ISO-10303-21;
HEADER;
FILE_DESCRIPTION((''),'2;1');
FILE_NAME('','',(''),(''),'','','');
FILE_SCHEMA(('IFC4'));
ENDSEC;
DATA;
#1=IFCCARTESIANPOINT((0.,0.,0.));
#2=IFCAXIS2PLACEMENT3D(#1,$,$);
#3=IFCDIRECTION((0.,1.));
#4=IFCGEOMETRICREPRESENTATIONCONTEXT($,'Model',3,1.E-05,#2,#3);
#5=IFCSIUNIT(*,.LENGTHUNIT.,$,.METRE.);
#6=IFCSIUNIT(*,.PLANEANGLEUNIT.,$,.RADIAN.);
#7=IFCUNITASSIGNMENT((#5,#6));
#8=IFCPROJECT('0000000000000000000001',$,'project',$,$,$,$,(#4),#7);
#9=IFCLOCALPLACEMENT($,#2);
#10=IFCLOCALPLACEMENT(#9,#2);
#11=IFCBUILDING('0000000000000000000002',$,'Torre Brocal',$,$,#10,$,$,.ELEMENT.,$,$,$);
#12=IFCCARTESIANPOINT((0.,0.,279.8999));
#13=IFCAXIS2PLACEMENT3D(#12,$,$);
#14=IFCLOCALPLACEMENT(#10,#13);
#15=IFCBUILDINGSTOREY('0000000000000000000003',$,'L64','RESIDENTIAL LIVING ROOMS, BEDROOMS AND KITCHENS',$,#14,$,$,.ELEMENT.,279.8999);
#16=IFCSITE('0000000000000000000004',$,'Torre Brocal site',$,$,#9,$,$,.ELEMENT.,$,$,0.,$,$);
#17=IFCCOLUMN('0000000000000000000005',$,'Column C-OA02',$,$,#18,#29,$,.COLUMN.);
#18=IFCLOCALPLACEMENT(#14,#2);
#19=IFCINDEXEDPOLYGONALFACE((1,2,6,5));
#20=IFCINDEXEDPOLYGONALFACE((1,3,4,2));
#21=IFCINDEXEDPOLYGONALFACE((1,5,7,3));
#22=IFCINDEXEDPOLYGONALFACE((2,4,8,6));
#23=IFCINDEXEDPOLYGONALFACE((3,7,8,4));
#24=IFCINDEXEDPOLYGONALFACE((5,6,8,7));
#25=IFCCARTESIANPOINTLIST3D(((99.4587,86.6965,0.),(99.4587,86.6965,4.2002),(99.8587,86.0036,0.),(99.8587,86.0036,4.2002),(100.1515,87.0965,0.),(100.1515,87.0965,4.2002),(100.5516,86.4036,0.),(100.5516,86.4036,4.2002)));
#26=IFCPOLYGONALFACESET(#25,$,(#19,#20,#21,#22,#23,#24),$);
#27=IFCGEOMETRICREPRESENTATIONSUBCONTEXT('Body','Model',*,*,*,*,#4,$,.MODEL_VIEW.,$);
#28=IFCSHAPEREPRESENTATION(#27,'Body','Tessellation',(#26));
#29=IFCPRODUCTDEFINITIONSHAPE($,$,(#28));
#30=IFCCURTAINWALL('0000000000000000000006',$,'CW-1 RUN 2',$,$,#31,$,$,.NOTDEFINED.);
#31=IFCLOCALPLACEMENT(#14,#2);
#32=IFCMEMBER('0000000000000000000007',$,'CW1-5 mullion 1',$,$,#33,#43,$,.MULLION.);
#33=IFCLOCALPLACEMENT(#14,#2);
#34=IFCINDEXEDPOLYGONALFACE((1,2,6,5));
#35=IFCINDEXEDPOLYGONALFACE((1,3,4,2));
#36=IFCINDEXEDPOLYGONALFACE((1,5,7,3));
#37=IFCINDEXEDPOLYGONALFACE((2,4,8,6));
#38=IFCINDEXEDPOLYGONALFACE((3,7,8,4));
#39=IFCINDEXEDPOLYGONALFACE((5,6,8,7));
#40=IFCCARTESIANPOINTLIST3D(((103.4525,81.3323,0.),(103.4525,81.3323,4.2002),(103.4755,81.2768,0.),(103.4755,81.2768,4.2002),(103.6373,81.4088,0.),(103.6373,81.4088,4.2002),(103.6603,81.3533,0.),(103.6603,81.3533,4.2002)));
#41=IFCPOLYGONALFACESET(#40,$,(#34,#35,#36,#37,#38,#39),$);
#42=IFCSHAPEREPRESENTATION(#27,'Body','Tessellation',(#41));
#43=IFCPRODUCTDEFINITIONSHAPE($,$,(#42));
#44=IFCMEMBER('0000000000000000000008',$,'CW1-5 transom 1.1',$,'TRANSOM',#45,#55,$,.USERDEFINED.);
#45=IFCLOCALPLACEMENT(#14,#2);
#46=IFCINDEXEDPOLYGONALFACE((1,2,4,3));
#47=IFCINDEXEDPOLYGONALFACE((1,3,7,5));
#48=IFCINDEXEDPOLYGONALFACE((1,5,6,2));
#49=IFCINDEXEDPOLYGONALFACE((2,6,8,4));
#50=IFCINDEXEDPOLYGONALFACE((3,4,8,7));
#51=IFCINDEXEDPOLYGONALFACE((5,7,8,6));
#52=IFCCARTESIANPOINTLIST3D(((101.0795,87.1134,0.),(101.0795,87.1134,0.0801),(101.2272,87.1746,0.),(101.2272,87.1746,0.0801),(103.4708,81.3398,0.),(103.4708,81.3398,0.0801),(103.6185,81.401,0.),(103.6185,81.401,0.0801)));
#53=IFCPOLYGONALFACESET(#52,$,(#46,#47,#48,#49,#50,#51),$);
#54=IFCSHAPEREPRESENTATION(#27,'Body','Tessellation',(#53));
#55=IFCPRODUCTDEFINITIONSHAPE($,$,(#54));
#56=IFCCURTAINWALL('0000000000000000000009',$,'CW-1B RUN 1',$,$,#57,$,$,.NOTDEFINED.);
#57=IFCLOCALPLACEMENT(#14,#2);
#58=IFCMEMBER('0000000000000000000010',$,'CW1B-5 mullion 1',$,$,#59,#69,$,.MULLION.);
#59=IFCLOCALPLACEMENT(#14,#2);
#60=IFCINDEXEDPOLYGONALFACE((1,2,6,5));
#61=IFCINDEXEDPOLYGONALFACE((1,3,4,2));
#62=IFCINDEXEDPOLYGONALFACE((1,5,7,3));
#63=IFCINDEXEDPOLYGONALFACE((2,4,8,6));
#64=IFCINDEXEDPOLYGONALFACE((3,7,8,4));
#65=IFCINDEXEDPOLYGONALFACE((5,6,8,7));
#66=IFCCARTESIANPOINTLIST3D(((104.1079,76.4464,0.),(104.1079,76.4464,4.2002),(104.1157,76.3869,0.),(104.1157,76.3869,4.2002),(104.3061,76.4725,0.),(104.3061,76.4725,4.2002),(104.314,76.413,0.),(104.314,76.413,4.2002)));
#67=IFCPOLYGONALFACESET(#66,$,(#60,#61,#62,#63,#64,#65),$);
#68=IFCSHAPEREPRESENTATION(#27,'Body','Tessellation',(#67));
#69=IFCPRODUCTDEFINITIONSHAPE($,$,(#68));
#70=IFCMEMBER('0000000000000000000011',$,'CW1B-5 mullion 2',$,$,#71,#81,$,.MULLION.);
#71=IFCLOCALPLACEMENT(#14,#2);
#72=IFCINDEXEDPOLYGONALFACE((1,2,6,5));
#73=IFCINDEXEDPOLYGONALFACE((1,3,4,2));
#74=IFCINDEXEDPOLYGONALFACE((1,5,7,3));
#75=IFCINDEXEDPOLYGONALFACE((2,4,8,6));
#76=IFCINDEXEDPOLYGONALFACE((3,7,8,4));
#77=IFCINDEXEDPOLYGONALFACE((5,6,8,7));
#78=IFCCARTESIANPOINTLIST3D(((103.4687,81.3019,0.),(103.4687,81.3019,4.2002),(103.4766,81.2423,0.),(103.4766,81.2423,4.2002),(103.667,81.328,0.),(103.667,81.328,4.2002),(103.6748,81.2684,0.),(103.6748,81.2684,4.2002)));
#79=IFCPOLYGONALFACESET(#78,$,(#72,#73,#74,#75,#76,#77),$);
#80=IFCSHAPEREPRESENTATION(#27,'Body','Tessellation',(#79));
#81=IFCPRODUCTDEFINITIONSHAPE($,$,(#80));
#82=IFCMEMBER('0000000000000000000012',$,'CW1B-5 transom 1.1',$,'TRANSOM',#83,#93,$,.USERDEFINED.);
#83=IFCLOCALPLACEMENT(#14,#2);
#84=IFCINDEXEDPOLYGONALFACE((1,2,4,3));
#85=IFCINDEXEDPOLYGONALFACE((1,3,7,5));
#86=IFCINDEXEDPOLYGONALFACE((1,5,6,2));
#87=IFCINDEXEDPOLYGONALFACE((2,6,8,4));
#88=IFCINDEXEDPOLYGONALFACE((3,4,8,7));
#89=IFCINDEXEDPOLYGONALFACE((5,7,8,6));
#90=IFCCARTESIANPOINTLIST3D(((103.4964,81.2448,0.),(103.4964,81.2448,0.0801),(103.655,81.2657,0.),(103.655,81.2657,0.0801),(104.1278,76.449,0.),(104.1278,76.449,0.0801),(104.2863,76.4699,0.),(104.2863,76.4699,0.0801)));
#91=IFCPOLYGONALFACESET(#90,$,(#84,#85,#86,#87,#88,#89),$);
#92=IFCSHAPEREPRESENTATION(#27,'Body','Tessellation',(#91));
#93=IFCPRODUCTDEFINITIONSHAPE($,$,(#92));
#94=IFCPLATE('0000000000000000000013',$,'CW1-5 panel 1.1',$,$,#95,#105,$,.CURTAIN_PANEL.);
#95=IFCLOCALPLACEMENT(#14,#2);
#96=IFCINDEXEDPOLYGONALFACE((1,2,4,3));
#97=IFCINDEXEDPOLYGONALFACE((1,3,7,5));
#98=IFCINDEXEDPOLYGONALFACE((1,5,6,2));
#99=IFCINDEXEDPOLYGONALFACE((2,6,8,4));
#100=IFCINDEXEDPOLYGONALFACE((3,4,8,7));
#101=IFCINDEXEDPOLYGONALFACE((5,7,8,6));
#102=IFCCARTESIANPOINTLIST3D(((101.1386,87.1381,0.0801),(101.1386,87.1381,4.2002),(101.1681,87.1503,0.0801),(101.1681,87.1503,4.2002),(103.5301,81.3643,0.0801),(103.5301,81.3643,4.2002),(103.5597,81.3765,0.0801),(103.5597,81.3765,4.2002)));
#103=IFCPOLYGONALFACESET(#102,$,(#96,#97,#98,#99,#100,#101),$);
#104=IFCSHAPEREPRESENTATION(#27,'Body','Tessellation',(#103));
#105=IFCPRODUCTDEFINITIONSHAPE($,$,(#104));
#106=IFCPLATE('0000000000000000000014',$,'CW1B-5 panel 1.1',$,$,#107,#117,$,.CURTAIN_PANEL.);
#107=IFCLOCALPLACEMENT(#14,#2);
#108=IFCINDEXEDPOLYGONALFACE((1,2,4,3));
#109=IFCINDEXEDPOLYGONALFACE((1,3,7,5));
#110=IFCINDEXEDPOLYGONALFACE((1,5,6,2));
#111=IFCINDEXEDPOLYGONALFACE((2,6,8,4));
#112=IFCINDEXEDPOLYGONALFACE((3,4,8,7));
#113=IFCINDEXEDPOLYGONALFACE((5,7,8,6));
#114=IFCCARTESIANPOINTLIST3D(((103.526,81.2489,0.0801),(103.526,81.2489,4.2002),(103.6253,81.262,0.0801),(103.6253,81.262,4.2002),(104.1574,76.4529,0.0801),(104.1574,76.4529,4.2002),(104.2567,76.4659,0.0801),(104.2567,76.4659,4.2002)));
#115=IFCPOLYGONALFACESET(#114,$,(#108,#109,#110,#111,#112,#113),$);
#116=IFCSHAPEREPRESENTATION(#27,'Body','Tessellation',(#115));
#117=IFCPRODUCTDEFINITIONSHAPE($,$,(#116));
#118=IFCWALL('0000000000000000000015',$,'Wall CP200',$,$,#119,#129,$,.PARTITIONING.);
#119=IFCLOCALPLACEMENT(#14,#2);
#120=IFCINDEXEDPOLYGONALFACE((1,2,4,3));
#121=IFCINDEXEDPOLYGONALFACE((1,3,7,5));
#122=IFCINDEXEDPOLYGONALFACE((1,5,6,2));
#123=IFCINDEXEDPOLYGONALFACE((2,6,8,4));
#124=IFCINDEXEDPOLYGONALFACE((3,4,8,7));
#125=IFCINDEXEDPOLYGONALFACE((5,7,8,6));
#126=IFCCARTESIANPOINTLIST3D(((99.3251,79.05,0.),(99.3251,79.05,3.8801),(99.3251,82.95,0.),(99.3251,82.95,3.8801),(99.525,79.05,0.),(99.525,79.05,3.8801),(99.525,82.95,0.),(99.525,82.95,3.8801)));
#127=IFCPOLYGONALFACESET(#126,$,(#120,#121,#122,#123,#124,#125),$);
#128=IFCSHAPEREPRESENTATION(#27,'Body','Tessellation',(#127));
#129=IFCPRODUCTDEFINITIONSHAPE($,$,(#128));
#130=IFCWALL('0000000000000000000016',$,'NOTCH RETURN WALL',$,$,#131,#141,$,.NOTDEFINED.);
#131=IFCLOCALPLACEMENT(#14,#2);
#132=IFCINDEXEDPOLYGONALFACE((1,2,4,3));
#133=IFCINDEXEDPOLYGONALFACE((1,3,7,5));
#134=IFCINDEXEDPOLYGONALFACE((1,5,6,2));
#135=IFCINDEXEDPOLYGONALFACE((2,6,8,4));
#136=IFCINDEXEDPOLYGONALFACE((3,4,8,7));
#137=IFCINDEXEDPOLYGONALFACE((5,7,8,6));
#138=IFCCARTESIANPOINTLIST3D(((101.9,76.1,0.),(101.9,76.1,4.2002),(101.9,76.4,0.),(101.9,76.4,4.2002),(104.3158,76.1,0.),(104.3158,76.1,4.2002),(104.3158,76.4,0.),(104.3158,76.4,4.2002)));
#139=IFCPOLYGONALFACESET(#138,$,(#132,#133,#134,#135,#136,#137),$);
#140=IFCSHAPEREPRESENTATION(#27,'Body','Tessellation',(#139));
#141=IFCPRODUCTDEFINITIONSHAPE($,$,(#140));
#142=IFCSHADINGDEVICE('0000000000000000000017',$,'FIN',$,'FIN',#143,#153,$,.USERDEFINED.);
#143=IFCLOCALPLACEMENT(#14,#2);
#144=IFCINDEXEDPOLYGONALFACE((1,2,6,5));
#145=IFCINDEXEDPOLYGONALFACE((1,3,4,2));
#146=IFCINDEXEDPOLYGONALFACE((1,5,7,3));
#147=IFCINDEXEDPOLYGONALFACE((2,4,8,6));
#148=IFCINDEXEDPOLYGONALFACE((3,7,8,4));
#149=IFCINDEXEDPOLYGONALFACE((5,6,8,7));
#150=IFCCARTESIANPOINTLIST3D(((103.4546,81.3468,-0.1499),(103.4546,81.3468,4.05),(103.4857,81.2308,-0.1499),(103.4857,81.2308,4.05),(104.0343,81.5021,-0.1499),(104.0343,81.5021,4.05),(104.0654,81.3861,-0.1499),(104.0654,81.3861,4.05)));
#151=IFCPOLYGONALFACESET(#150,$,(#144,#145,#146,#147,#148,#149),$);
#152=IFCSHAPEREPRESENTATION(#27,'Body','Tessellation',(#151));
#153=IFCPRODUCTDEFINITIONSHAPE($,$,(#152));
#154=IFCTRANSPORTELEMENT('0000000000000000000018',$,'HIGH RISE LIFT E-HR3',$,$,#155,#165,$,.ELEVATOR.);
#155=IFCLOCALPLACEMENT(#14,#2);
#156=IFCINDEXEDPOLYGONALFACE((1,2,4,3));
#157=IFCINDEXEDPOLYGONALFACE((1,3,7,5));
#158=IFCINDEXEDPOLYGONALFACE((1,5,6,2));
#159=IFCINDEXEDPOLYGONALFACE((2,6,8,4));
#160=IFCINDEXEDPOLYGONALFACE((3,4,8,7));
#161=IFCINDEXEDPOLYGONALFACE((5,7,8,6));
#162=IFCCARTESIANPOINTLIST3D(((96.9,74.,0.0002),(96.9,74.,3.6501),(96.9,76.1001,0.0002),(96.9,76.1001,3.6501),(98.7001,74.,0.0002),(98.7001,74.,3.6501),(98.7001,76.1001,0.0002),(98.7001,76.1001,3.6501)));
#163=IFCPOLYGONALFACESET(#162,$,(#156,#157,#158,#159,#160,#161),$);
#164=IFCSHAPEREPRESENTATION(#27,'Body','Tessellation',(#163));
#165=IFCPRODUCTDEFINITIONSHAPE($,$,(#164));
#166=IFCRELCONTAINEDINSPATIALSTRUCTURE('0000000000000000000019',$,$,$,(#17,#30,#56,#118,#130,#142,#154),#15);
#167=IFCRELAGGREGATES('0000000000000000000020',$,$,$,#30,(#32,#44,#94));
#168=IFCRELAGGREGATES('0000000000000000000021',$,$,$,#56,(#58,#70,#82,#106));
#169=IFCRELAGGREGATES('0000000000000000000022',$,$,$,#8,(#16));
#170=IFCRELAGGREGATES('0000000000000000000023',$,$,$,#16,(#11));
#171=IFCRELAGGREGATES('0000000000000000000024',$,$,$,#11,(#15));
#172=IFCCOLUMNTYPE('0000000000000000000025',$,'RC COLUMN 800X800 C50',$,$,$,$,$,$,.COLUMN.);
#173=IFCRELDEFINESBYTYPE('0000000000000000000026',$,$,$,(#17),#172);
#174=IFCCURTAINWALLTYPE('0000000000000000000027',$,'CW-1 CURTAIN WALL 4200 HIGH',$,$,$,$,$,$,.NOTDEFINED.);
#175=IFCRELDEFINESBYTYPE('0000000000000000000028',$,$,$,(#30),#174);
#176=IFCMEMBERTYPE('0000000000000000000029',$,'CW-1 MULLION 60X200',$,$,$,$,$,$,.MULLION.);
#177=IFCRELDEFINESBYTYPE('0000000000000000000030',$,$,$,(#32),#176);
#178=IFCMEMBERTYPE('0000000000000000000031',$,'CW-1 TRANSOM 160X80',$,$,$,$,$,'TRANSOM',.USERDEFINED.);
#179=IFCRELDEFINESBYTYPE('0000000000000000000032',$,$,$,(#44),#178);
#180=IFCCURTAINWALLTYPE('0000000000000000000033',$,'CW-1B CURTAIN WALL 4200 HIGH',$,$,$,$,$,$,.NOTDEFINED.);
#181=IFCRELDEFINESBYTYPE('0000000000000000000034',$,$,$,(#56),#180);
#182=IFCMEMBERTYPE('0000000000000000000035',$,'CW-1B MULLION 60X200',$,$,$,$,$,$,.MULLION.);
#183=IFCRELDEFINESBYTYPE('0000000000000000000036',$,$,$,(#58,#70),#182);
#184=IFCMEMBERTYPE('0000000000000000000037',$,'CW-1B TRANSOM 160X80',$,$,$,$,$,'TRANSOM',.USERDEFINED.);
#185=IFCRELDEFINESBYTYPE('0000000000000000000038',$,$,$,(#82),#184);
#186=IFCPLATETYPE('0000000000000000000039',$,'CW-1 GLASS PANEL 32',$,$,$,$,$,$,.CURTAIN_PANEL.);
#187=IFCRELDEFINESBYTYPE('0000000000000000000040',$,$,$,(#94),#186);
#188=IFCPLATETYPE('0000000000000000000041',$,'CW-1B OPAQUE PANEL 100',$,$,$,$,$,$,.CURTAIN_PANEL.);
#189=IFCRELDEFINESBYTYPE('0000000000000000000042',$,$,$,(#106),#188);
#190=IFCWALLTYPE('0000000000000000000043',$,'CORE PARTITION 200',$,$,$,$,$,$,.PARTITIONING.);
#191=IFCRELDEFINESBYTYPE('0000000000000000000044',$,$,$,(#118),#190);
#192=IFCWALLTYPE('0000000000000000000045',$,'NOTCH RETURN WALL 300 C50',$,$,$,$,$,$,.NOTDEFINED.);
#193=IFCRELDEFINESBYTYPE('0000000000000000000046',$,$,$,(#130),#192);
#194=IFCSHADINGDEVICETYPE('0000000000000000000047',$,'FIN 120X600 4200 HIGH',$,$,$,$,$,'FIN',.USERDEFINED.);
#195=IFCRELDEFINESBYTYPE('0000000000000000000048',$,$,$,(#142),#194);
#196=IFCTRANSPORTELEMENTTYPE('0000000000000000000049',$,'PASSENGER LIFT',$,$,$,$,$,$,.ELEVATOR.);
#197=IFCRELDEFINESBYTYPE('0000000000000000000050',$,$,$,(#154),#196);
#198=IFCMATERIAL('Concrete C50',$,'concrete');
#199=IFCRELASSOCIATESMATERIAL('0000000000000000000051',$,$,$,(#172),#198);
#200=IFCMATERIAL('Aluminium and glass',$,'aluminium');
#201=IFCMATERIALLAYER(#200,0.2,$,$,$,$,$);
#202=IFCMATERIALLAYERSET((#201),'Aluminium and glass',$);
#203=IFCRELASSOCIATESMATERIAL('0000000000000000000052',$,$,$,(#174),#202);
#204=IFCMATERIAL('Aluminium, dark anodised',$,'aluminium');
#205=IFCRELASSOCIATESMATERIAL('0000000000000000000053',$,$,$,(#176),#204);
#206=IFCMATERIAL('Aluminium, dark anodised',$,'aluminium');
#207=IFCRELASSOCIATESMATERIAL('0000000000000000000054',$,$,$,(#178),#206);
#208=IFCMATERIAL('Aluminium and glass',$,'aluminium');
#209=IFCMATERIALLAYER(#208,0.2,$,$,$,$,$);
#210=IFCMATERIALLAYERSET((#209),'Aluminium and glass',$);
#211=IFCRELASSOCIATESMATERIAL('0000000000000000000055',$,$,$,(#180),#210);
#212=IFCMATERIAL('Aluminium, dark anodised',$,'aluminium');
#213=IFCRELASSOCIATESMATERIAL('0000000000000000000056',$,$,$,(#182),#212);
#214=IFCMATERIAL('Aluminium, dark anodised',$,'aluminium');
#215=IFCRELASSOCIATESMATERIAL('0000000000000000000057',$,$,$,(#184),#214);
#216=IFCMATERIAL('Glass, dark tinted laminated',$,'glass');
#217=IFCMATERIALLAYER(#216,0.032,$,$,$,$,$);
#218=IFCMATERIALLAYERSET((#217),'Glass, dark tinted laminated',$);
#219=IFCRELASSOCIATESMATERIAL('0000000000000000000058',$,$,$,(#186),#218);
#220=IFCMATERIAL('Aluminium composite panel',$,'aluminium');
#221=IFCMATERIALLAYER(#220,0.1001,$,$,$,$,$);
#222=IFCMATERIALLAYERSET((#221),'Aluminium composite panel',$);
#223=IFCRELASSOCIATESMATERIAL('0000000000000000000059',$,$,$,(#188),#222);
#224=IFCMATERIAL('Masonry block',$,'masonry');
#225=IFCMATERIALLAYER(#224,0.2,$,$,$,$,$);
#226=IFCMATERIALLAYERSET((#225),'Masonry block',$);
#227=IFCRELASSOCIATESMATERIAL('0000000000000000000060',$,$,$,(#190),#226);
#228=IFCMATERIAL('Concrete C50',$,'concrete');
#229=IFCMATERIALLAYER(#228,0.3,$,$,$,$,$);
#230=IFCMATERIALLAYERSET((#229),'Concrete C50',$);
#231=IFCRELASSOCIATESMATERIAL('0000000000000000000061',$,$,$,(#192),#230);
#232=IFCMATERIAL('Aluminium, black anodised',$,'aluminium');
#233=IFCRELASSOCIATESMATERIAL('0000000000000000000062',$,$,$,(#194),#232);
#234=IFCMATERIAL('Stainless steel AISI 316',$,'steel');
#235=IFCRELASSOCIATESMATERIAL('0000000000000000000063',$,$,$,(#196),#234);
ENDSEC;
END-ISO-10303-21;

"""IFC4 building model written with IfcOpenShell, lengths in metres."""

from ifc_helpers import new_model, si_unit, direction, frame, frame_2d, origin, origin_2d, place, context, subcontext, project, spatial, rectangle, extrude, material, layer, layer_set, material_profile, profile_set, type_object, element, aggregate, save


model = new_model("IFC4")

# Units and contexts
model_context = context("Model", 3, precision=1e-05, world=origin(), true_north=direction((0.0, 1.0)))
body_context = subcontext(model_context, "Body", "Model", "MODEL_VIEW")
ifc_project = project(units=[si_unit("LENGTHUNIT", "METRE"), si_unit("PLANEANGLEUNIT", "RADIAN")], contexts=[model_context])

# Site, building, storey
site_placement = place(None, origin())
site = spatial("IfcSite", under=ifc_project, at=site_placement, Name="Torre Brocal site", CompositionType="ELEMENT", RefElevation=0.0)
building_placement = place(site_placement, origin())
building = spatial("IfcBuilding", under=site, at=building_placement, Name="Torre Brocal", CompositionType="ELEMENT")
storey_placement = place(building_placement, frame((0.0, 0.0, 279.8999)))
storey = spatial("IfcBuildingStorey", under=building, at=storey_placement, Name="L64", Description="RESIDENTIAL LIVING ROOMS, BEDROOMS AND KITCHENS", CompositionType="ELEMENT", Elevation=279.8999)

# Column
ifc_material_1 = material(Name="Concrete C50", Category="concrete")
ifc_material_profile_1 = material_profile(ifc_material_1, rectangle(XDim=0.8, YDim=0.8, at=origin_2d()), Name="RC 800X800")
ifc_profile_set_1 = profile_set([ifc_material_profile_1], Name="Concrete C50")
column_type = type_object("IfcColumnType", Name="RC COLUMN 800X800 C50", PredefinedType="COLUMN", material=ifc_profile_set_1)
column_placement = place(storey_placement, frame((100.0051, 86.55, 0.0), z_axis=(0.0, 0.0, 1.0), x_axis=(0.866025, 0.5, 0.0)))
element("IfcColumn", 1, at=column_placement, inside=storey, type_object=column_type, Name="Column C-OA02", PredefinedType="COLUMN", context=body_context, shape_type="SweptSolid", body=[
    extrude(rectangle(XDim=0.8, YDim=0.8, at=origin_2d()), origin(), (0.0, 0.0, 1.0), 4.2002),
])

# Curtain walls, members
ifc_material_2 = material(Name="Aluminium and glass", Category="aluminium")
ifc_layer_1 = layer(ifc_material_2, 0.2)
ifc_layer_set_1 = layer_set([ifc_layer_1], Name="Aluminium and glass")
curtain_wall_type_1 = type_object("IfcCurtainWallType", Name="CW-1 CURTAIN WALL 4200 HIGH", PredefinedType="NOTDEFINED", material=ifc_layer_set_1)
curtain_wall_1_placement = place(storey_placement, origin())
curtain_wall_1 = element("IfcCurtainWall", 2, at=curtain_wall_1_placement, inside=storey, type_object=curtain_wall_type_1, Name="CW-1 RUN 2", PredefinedType="NOTDEFINED")
ifc_material_3 = material(Name="Aluminium, dark anodised", Category="aluminium")
ifc_material_profile_2 = material_profile(ifc_material_3, rectangle(XDim=0.2, YDim=0.0601, at=origin_2d()), Name="CW-1 MULLION 60X200")
ifc_profile_set_2 = profile_set([ifc_material_profile_2], Name="Aluminium, dark anodised")
member_type_1 = type_object("IfcMemberType", Name="CW-1 MULLION 60X200", PredefinedType="MULLION", material=ifc_profile_set_2)
member_1_placement = place(storey_placement, frame((103.5564, 81.3428, 0.0), z_axis=(0.0, 0.0, 1.0), x_axis=(-0.92388, -0.382683, 0.0)))
member_1 = element("IfcMember", 3, at=member_1_placement, type_object=member_type_1, Name="CW1-5 mullion 1", PredefinedType="MULLION", context=body_context, shape_type="SweptSolid", body=[
    extrude(rectangle(XDim=0.2, YDim=0.0601, at=origin_2d()), origin(), (0.0, 0.0, 1.0), 4.2002),
])
ifc_material_4 = material(Name="Aluminium, dark anodised", Category="aluminium")
ifc_material_profile_3 = material_profile(ifc_material_4, rectangle(XDim=0.1599, YDim=0.0801, at=origin_2d()), Name="CW-1 TRANSOM 160X80")
ifc_profile_set_3 = profile_set([ifc_material_profile_3], Name="Aluminium, dark anodised")
member_type_2 = type_object("IfcMemberType", Name="CW-1 TRANSOM 160X80", ElementType="TRANSOM", PredefinedType="USERDEFINED", material=ifc_profile_set_3)
member_2_placement = place(storey_placement, frame((103.5447, 81.3704, 0.04), z_axis=(-0.382659, 0.92389, 0.0), x_axis=(-0.92389, -0.382659, 0.0)))
member_2 = element("IfcMember", 4, at=member_2_placement, type_object=member_type_2, Name="CW1-5 transom 1.1", ObjectType="TRANSOM", PredefinedType="USERDEFINED", context=body_context, shape_type="SweptSolid", body=[
    extrude(rectangle(XDim=0.1599, YDim=0.0801, at=origin_2d()), origin(), (0.0, 0.0, 1.0), 6.2493),
])
ifc_material_5 = material(Name="Aluminium and glass", Category="aluminium")
ifc_layer_2 = layer(ifc_material_5, 0.2)
ifc_layer_set_2 = layer_set([ifc_layer_2], Name="Aluminium and glass")
curtain_wall_type_2 = type_object("IfcCurtainWallType", Name="CW-1B CURTAIN WALL 4200 HIGH", PredefinedType="NOTDEFINED", material=ifc_layer_set_2)
curtain_wall_2_placement = place(storey_placement, origin())
curtain_wall_2 = element("IfcCurtainWall", 5, at=curtain_wall_2_placement, inside=storey, type_object=curtain_wall_type_2, Name="CW-1B RUN 1", PredefinedType="NOTDEFINED")
ifc_material_6 = material(Name="Aluminium, dark anodised", Category="aluminium")
ifc_material_profile_4 = material_profile(ifc_material_6, rectangle(XDim=0.2, YDim=0.0601, at=origin_2d()), Name="CW-1B MULLION 60X200")
ifc_profile_set_4 = profile_set([ifc_material_profile_4], Name="Aluminium, dark anodised")
member_type_3 = type_object("IfcMemberType", Name="CW-1B MULLION 60X200", PredefinedType="MULLION", material=ifc_profile_set_4)
member_3_placement = place(storey_placement, frame((104.2109, 76.4297, 0.0), z_axis=(0.0, 0.0, 1.0), x_axis=(-0.991445, -0.130526, 0.0)))
member_3 = element("IfcMember", 6, at=member_3_placement, type_object=member_type_3, Name="CW1B-5 mullion 1", PredefinedType="MULLION", context=body_context, shape_type="SweptSolid", body=[
    extrude(rectangle(XDim=0.2, YDim=0.0601, at=origin_2d()), origin(), (0.0, 0.0, 1.0), 4.2002),
])
member_4_placement = place(storey_placement, frame((103.5718, 81.2852, 0.0), z_axis=(0.0, 0.0, 1.0), x_axis=(-0.991445, -0.130526, 0.0)))
member_4 = element("IfcMember", 7, at=member_4_placement, type_object=member_type_3, Name="CW1B-5 mullion 2", PredefinedType="MULLION", context=body_context, shape_type="SweptSolid", body=[
    extrude(rectangle(XDim=0.2, YDim=0.0601, at=origin_2d()), origin(), (0.0, 0.0, 1.0), 4.2002),
])
ifc_material_7 = material(Name="Aluminium, dark anodised", Category="aluminium")
ifc_material_profile_5 = material_profile(ifc_material_7, rectangle(XDim=0.1599, YDim=0.0801, at=origin_2d()), Name="CW-1B TRANSOM 160X80")
ifc_profile_set_5 = profile_set([ifc_material_profile_5], Name="Aluminium, dark anodised")
member_type_4 = type_object("IfcMemberType", Name="CW-1B TRANSOM 160X80", ElementType="TRANSOM", PredefinedType="USERDEFINED", material=ifc_profile_set_5)
member_5_placement = place(storey_placement, frame((104.207, 76.4595, 0.04), z_axis=(-0.130517, 0.991446, 0.0), x_axis=(-0.991446, -0.130517, 0.0)))
member_5 = element("IfcMember", 8, at=member_5_placement, type_object=member_type_4, Name="CW1B-5 transom 1.1", ObjectType="TRANSOM", PredefinedType="USERDEFINED", context=body_context, shape_type="SweptSolid", body=[
    extrude(rectangle(XDim=0.1599, YDim=0.0801, at=origin_2d()), origin(), (0.0, 0.0, 1.0), 4.8372),
])

# Plates
ifc_material_8 = material(Name="Glass, dark tinted laminated", Category="glass")
ifc_layer_3 = layer(ifc_material_8, 0.032)
ifc_layer_set_3 = layer_set([ifc_layer_3], Name="Glass, dark tinted laminated")
plate_type_1 = type_object("IfcPlateType", Name="CW-1 GLASS PANEL 32", PredefinedType="CURTAIN_PANEL", material=ifc_layer_set_3)
plate_1_placement = place(storey_placement, frame((102.3491, 84.2573, 0.0801), z_axis=(0.0, 0.0, 1.0), x_axis=(-0.382683, 0.92388, 0.0)))
plate_1 = element("IfcPlate", 9, at=plate_1_placement, type_object=plate_type_1, Name="CW1-5 panel 1.1", PredefinedType="CURTAIN_PANEL", context=body_context, shape_type="SweptSolid", body=[
    extrude(rectangle(XDim=6.2495, YDim=0.032, at=origin_2d()), origin(), (0.0, 0.0, 1.0), 4.1201),
])
aggregate(curtain_wall_1, [member_1, member_2, plate_1])
ifc_material_9 = material(Name="Aluminium composite panel", Category="aluminium")
ifc_layer_4 = layer(ifc_material_9, 0.1001)
ifc_layer_set_4 = layer_set([ifc_layer_4], Name="Aluminium composite panel")
plate_type_2 = type_object("IfcPlateType", Name="CW-1B OPAQUE PANEL 100", PredefinedType="CURTAIN_PANEL", material=ifc_layer_set_4)
plate_2_placement = place(storey_placement, frame((103.8914, 78.8574, 0.0801), z_axis=(0.0, 0.0, 1.0), x_axis=(-0.130526, 0.991445, 0.0)))
plate_2 = element("IfcPlate", 10, at=plate_2_placement, type_object=plate_type_2, Name="CW1B-5 panel 1.1", PredefinedType="CURTAIN_PANEL", context=body_context, shape_type="SweptSolid", body=[
    extrude(rectangle(XDim=4.8374, YDim=0.1001, at=origin_2d()), origin(), (0.0, 0.0, 1.0), 4.1201),
])
aggregate(curtain_wall_2, [member_3, member_4, member_5, plate_2])

# Walls
ifc_material_10 = material(Name="Masonry block", Category="masonry")
ifc_layer_5 = layer(ifc_material_10, 0.2)
ifc_layer_set_5 = layer_set([ifc_layer_5], Name="Masonry block")
wall_type_1 = type_object("IfcWallType", Name="CORE PARTITION 200", PredefinedType="PARTITIONING", material=ifc_layer_set_5)
wall_1_placement = place(storey_placement, frame((99.425, 79.05, 0.0), z_axis=(0.0, 0.0, 1.0), x_axis=(0.0, 1.0, 0.0)))
element("IfcWall", 11, at=wall_1_placement, inside=storey, type_object=wall_type_1, Name="Wall CP200", PredefinedType="PARTITIONING", context=body_context, shape_type="SweptSolid", body=[
    extrude(rectangle(XDim=3.8999, YDim=0.2, at=frame_2d((1.95, 0.0))), origin(), (0.0, 0.0, 1.0), 3.8801),
])
ifc_material_11 = material(Name="Concrete C50", Category="concrete")
ifc_layer_6 = layer(ifc_material_11, 0.3)
ifc_layer_set_6 = layer_set([ifc_layer_6], Name="Concrete C50")
wall_type_2 = type_object("IfcWallType", Name="NOTCH RETURN WALL 300 C50", PredefinedType="NOTDEFINED", material=ifc_layer_set_6)
wall_2_placement = place(storey_placement, frame((101.8999, 76.25, 0.0), z_axis=(0.0, 0.0, 1.0), x_axis=(1.0, 0.0, 0.0)))
element("IfcWall", 12, at=wall_2_placement, inside=storey, type_object=wall_type_2, Name="NOTCH RETURN WALL", PredefinedType="NOTDEFINED", context=body_context, shape_type="SweptSolid", body=[
    extrude(rectangle(XDim=2.4158, YDim=0.3, at=frame_2d((1.208, 0.0))), origin(), (0.0, 0.0, 1.0), 4.2002),
])

# Shading device
ifc_material_12 = material(Name="Aluminium, black anodised", Category="aluminium")
ifc_material_profile_6 = material_profile(ifc_material_12, rectangle(XDim=0.1201, YDim=0.6001, at=origin_2d()), Name="FIN 120X600 4200 HIGH")
ifc_profile_set_6 = profile_set([ifc_material_profile_6], Name="Aluminium, black anodised")
shading_device_type = type_object("IfcShadingDeviceType", Name="FIN 120X600 4200 HIGH", ElementType="FIN", PredefinedType="USERDEFINED", material=ifc_profile_set_6)
shading_device_placement = place(storey_placement, frame((103.76, 81.3665, -0.1499), z_axis=(0.0, 0.0, 1.0), x_axis=(-0.258819, 0.965926, 0.0)))
element("IfcShadingDevice", 13, at=shading_device_placement, inside=storey, type_object=shading_device_type, Name="FIN", ObjectType="FIN", PredefinedType="USERDEFINED", context=body_context, shape_type="SweptSolid", body=[
    extrude(rectangle(XDim=0.1201, YDim=0.6001, at=origin_2d()), origin(), (0.0, 0.0, 1.0), 4.2),
])

# Transport element
ifc_material_13 = material(Name="Stainless steel AISI 316", Category="steel")
transport_element_type = type_object("IfcTransportElementType", Name="PASSENGER LIFT", PredefinedType="ELEVATOR", material=ifc_material_13)
transport_element_placement = place(storey_placement, frame((97.8, 75.05, 0.0002), z_axis=(0.0, 0.0, 1.0), x_axis=(1.0, 0.0, 0.0)))
element("IfcTransportElement", 14, at=transport_element_placement, inside=storey, type_object=transport_element_type, Name="HIGH RISE LIFT E-HR3", PredefinedType="ELEVATOR", context=body_context, shape_type="SweptSolid", body=[
    extrude(rectangle(XDim=1.8, YDim=2.1001, at=origin_2d()), origin(), (0.0, 0.0, 1.0), 3.6499),
])

save(model, "model.ifc")
